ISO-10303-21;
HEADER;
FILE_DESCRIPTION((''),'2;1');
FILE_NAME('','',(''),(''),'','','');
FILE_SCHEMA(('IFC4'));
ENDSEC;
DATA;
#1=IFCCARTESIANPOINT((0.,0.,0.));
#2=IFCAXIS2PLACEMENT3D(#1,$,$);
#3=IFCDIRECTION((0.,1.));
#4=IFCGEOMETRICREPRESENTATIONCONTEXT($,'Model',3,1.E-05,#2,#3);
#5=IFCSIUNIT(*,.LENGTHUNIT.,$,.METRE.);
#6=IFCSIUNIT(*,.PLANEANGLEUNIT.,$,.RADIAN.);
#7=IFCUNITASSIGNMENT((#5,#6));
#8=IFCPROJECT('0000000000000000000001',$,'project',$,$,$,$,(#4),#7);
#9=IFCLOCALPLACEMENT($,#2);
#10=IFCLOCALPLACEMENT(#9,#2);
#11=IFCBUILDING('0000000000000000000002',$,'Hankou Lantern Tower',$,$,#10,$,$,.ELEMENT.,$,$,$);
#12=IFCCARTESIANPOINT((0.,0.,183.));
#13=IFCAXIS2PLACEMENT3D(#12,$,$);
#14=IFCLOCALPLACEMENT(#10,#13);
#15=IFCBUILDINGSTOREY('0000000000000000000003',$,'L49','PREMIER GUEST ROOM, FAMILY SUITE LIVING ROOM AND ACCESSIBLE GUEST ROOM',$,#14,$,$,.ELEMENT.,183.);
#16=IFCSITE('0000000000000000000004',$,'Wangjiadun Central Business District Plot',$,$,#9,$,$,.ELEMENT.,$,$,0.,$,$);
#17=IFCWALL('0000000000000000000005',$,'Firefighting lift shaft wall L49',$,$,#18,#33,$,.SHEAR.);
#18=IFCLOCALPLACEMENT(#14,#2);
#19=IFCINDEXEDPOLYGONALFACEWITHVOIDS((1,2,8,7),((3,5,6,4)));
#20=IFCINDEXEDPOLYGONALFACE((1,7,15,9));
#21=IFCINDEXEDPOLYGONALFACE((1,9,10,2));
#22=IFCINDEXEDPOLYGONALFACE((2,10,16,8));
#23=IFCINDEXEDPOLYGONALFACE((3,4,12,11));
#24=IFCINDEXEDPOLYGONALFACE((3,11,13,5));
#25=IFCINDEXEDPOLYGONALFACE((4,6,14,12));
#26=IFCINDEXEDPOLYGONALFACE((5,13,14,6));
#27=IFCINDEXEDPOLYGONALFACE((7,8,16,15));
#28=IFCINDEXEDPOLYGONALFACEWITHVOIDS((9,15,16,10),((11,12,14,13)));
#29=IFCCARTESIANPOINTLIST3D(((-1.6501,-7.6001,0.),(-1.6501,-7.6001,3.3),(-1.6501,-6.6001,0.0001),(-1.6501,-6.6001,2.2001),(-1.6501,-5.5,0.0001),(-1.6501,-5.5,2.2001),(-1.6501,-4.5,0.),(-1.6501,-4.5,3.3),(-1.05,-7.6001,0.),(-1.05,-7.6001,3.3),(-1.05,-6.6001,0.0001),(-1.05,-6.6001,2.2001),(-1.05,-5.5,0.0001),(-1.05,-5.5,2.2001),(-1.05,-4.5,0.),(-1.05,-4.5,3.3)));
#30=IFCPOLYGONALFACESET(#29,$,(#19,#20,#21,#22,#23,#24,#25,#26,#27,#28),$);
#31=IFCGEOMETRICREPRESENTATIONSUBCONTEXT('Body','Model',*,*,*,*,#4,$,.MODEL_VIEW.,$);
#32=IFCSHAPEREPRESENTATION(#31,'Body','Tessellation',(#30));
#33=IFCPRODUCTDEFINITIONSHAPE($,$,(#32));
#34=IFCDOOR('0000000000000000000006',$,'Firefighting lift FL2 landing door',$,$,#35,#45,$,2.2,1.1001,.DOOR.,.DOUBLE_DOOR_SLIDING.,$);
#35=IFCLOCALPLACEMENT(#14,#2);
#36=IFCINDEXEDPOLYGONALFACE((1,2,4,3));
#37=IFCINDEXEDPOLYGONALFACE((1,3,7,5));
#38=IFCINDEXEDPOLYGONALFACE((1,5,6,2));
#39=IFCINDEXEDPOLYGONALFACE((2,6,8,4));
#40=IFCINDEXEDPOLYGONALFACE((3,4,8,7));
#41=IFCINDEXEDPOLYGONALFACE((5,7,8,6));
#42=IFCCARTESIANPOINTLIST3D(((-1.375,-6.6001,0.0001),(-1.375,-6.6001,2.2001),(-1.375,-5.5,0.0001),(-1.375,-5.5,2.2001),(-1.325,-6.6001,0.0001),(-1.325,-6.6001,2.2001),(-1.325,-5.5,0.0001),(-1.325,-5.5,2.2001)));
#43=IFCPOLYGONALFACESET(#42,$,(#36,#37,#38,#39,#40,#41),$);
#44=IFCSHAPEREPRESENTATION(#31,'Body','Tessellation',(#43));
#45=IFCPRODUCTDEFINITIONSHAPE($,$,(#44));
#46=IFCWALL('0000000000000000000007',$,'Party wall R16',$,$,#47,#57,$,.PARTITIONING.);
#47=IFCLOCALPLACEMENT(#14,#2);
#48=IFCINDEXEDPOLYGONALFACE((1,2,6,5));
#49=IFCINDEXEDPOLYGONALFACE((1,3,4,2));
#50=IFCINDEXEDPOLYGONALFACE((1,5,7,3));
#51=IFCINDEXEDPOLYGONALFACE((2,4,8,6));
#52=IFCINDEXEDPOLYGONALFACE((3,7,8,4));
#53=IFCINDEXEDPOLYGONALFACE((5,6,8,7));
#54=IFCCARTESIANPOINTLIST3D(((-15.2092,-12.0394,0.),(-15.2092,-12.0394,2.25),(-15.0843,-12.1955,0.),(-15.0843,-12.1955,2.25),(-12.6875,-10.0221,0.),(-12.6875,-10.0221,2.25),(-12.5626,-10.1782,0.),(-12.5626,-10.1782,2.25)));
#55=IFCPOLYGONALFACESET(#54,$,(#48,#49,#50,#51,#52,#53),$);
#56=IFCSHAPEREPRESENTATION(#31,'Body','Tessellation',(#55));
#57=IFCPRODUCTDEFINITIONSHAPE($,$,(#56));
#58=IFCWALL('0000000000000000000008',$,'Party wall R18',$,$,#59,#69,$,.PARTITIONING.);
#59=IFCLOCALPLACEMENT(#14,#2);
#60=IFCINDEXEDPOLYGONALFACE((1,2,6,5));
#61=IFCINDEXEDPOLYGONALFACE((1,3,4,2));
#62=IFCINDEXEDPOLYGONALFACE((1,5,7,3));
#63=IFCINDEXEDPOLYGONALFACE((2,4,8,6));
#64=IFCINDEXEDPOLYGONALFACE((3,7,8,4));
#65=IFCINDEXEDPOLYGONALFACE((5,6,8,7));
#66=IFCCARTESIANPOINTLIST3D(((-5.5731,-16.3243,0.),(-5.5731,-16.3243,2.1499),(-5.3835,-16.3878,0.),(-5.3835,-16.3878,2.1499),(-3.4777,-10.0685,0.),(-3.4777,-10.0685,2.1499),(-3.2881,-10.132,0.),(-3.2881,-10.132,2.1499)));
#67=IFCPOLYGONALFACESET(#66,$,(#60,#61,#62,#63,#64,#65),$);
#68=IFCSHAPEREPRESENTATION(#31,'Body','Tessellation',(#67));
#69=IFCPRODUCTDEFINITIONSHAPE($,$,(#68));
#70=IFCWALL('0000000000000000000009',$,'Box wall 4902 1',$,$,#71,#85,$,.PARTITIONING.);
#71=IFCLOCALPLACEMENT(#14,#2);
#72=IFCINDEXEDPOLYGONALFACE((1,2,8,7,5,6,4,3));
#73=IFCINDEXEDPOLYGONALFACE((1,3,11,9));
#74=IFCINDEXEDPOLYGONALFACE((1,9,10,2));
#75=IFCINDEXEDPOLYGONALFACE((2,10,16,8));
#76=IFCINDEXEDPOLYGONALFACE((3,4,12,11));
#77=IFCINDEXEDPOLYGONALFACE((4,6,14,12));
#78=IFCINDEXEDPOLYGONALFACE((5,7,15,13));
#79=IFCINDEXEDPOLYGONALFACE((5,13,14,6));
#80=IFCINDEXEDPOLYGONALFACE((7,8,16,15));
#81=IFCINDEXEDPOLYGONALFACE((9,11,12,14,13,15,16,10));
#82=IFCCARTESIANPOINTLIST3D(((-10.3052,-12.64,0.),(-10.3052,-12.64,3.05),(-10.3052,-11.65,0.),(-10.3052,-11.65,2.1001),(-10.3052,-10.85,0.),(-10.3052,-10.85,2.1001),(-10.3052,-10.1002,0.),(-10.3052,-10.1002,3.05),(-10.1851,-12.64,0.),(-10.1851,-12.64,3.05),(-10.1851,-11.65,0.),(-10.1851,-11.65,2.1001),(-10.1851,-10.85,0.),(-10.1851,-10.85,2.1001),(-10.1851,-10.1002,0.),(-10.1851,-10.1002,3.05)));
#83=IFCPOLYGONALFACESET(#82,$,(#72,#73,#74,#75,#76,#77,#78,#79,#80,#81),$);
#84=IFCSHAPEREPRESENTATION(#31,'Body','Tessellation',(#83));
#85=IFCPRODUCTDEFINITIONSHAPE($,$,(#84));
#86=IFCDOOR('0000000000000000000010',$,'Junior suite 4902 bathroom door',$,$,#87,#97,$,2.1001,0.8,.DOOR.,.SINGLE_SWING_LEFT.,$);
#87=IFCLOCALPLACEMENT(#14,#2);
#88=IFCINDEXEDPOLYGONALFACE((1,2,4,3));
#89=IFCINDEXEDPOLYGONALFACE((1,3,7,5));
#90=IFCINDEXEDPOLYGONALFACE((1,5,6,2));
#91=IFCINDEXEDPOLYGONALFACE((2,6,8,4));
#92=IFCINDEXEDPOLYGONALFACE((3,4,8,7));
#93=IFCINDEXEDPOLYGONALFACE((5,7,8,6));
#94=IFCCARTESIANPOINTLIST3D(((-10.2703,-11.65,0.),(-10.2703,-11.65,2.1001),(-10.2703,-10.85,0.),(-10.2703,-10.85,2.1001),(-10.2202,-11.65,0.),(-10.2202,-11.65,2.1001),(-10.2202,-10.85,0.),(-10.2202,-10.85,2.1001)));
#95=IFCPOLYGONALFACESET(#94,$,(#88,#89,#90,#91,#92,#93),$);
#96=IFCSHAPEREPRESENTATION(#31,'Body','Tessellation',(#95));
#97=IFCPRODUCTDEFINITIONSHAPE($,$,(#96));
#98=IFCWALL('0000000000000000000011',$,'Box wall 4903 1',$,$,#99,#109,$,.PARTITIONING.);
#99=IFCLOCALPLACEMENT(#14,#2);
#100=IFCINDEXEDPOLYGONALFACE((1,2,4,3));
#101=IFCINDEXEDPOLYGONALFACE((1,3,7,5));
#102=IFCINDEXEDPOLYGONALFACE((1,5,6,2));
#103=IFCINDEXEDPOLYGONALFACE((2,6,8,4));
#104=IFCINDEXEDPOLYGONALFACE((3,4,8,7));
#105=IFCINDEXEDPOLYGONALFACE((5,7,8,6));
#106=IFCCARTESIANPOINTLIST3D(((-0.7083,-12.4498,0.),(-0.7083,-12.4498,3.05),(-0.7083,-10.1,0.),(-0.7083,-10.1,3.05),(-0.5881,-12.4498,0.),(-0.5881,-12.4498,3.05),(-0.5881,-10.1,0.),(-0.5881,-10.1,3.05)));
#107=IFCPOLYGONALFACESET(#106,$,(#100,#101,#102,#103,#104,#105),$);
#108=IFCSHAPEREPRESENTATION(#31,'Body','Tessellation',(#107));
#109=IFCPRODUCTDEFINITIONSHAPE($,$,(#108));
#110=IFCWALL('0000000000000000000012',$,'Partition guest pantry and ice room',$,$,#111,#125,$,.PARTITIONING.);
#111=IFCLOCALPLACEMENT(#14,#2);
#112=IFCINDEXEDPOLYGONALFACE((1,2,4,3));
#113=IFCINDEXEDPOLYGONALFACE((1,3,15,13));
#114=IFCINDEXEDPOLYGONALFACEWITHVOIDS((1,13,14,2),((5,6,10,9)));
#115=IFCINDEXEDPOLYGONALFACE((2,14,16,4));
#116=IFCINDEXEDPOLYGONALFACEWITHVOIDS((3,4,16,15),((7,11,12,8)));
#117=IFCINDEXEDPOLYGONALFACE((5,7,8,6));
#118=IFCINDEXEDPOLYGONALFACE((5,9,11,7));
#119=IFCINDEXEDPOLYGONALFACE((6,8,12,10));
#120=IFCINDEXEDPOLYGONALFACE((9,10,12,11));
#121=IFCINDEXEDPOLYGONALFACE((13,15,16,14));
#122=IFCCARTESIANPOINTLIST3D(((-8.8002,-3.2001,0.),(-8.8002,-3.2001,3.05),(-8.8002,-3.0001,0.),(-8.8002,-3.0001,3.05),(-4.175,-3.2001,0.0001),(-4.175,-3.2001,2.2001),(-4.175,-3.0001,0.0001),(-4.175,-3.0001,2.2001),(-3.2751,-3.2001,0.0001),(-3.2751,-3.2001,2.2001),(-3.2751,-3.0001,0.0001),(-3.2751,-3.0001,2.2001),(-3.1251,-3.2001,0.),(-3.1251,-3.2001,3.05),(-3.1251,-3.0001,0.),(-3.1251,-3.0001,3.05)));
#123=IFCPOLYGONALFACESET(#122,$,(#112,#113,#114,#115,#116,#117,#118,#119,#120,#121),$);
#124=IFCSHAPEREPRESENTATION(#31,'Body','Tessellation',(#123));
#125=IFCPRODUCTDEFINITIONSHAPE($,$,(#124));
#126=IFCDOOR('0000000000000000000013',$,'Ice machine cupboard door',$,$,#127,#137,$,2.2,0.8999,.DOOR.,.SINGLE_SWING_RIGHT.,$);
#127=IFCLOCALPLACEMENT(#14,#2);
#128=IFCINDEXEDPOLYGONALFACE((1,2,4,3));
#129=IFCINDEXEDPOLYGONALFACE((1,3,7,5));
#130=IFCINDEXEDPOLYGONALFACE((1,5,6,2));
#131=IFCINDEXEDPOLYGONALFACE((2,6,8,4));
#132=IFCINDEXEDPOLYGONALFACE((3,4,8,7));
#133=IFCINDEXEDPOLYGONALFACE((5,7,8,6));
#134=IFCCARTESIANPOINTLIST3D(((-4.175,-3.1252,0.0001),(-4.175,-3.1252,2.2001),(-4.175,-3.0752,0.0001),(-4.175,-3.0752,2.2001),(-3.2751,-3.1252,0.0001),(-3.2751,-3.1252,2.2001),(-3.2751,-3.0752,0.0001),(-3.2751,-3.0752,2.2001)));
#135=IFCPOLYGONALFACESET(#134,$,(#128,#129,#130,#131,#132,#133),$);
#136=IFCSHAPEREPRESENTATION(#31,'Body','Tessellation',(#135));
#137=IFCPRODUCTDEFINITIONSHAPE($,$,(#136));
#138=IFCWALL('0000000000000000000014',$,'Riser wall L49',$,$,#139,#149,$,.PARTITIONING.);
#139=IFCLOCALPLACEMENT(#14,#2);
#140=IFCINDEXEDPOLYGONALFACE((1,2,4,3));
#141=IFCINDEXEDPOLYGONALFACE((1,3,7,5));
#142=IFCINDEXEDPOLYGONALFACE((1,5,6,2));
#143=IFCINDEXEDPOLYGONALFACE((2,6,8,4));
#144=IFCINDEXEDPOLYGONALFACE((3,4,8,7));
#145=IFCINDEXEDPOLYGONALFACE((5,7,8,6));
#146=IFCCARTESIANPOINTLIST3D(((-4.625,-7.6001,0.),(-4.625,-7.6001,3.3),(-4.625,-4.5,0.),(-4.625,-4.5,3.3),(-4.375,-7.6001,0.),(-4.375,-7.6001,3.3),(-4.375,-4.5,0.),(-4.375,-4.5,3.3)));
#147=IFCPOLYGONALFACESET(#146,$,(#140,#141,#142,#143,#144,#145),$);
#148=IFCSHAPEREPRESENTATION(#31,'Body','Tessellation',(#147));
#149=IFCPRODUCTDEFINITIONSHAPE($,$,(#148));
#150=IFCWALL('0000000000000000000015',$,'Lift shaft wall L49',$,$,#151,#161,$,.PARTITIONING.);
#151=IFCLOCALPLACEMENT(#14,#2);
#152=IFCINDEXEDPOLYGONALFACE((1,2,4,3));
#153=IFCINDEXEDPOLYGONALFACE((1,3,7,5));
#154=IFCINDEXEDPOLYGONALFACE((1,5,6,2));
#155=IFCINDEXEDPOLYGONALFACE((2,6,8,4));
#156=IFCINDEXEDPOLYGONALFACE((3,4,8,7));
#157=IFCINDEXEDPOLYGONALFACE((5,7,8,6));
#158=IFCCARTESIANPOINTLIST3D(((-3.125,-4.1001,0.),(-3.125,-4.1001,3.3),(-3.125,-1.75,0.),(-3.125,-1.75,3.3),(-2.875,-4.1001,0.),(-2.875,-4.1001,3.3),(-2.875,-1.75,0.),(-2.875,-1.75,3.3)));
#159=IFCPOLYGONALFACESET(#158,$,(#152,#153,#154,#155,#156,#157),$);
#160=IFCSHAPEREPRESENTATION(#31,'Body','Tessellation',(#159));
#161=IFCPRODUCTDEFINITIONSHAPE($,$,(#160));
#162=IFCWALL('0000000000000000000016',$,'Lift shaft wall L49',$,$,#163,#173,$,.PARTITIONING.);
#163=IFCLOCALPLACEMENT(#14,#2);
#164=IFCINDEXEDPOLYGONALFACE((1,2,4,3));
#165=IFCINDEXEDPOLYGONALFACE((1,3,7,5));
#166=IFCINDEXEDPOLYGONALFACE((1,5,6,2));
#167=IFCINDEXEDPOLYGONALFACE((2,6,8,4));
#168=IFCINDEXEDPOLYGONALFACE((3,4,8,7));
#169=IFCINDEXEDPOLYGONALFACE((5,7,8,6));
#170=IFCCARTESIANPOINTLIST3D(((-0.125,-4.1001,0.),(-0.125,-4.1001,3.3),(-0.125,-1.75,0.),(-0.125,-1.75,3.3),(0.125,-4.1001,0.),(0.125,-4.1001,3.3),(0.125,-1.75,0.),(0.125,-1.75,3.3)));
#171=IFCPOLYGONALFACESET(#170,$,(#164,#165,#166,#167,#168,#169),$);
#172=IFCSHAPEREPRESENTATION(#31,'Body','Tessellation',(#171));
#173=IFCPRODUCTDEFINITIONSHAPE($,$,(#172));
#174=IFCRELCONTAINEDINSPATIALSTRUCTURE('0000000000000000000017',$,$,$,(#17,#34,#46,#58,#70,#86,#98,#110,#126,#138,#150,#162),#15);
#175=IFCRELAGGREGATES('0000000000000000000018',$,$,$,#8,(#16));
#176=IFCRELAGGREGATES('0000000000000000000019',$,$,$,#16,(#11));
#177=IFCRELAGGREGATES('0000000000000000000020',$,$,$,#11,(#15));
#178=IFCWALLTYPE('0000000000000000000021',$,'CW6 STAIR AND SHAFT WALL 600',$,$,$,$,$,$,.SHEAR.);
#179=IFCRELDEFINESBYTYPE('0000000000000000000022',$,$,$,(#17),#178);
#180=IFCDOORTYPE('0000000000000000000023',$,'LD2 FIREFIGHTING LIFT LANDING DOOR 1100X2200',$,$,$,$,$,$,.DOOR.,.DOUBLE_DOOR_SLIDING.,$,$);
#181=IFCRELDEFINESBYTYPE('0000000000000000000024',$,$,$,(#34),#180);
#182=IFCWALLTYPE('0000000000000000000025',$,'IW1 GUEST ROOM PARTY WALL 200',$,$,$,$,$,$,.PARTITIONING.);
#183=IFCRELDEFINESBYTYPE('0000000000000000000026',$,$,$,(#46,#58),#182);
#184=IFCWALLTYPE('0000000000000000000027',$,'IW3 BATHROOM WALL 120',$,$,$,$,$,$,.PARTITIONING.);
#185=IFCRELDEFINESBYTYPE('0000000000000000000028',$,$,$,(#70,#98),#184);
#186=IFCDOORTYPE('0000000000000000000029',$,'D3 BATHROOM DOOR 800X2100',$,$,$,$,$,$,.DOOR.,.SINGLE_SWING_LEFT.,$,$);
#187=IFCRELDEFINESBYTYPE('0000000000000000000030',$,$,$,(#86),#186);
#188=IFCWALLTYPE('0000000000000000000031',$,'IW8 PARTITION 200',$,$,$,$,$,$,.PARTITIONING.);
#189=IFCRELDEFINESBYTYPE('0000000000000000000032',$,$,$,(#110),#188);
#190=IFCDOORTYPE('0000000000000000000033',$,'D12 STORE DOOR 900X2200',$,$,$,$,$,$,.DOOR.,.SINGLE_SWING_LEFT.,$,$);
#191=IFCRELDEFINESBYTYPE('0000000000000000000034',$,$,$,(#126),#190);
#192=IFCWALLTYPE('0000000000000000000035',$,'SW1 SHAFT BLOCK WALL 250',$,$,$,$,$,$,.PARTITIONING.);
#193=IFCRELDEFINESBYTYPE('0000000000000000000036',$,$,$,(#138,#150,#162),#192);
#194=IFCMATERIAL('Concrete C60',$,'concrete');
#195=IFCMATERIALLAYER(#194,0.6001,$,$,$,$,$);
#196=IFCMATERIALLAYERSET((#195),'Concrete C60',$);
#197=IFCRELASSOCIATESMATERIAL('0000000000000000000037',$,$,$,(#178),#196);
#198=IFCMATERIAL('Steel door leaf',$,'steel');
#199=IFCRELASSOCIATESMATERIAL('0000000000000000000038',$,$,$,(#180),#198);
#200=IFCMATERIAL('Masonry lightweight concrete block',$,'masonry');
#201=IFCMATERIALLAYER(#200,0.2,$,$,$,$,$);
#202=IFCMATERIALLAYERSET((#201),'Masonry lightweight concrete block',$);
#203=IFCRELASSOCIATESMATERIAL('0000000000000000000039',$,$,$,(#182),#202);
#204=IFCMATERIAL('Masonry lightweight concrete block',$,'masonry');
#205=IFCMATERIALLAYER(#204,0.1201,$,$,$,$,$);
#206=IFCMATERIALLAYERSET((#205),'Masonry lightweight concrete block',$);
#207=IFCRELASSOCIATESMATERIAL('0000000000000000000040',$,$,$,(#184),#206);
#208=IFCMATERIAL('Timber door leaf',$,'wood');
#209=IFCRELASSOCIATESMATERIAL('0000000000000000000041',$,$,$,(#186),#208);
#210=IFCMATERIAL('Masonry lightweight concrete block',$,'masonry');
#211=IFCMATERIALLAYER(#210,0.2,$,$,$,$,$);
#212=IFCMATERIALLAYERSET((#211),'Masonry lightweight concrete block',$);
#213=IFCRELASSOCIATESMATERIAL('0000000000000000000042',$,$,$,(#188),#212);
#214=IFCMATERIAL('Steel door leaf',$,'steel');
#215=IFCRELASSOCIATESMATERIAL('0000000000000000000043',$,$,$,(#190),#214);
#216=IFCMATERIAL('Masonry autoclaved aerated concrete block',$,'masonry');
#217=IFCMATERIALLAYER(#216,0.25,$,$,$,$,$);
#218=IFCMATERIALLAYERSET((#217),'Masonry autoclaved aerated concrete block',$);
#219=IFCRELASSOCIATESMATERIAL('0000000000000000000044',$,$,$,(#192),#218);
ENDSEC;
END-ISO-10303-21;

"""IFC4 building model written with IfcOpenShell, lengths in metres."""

from ifc_helpers import new_model, si_unit, direction, frame, frame_2d, origin, place, context, subcontext, project, spatial, rectangle, extrude, material, layer, layer_set, type_object, element, fill, save


model = new_model("IFC4")

# Units and contexts
model_context = context("Model", 3, precision=1e-05, world=origin(), true_north=direction((0.0, 1.0)))
body_context = subcontext(model_context, "Body", "Model", "MODEL_VIEW")
ifc_project = project(units=[si_unit("LENGTHUNIT", "METRE"), si_unit("PLANEANGLEUNIT", "RADIAN")], contexts=[model_context])

# Site, building, storey
site_placement = place(None, origin())
site = spatial("IfcSite", under=ifc_project, at=site_placement, Name="Wangjiadun Central Business District Plot", CompositionType="ELEMENT", RefElevation=0.0)
building_placement = place(site_placement, origin())
building = spatial("IfcBuilding", under=site, at=building_placement, Name="Hankou Lantern Tower", CompositionType="ELEMENT")
storey_placement = place(building_placement, frame((0.0, 0.0, 183.0)))
storey = spatial("IfcBuildingStorey", under=building, at=storey_placement, Name="L49", Description="PREMIER GUEST ROOM, FAMILY SUITE LIVING ROOM AND ACCESSIBLE GUEST ROOM", CompositionType="ELEMENT", Elevation=183.0)

# Wall, opening, door
ifc_material_1 = material(Name="Concrete C60", Category="concrete")
ifc_layer_1 = layer(ifc_material_1, 0.6001)
ifc_layer_set_1 = layer_set([ifc_layer_1], Name="Concrete C60")
wall_type_1 = type_object("IfcWallType", Name="CW6 STAIR AND SHAFT WALL 600", PredefinedType="SHEAR", material=ifc_layer_set_1)
wall_1_placement = place(storey_placement, frame((-1.3501, -7.6001, 0.0), z_axis=(0.0, 0.0, 1.0), x_axis=(0.0, 1.0, 0.0)))
wall_1 = element("IfcWall", 1, at=wall_1_placement, inside=storey, type_object=wall_type_1, Name="Firefighting lift shaft wall L49", PredefinedType="SHEAR", context=body_context, shape_type="SweptSolid", body=[
    extrude(rectangle(XDim=3.1001, YDim=0.6001, at=frame_2d((1.55, 0.0))), origin(), (0.0, 0.0, 1.0), 3.3),
])
opening_1_placement = place(wall_1_placement, frame((1.0, 0.0, 0.0)))
opening_1 = element("IfcOpeningElement", 2, at=opening_1_placement, cuts=wall_1, PredefinedType="OPENING", context=body_context, shape_type="SweptSolid", body=[
    extrude(rectangle(XDim=1.1001, YDim=2.2, at=frame_2d((0.55, 1.1001))), frame((0.0, 0.3101, 0.0), z_axis=(0.0, -1.0, 0.0), x_axis=(1.0, 0.0, 0.0)), (0.0, 0.0, 1.0), 0.6201),
])
ifc_material_2 = material(Name="Steel door leaf", Category="steel")
door_type_1 = type_object("IfcDoorType", Name="LD2 FIREFIGHTING LIFT LANDING DOOR 1100X2200", OperationType="DOUBLE_DOOR_SLIDING", PredefinedType="DOOR", material=ifc_material_2)
door_1_placement = place(opening_1_placement, origin())
door_1 = element("IfcDoor", 3, at=door_1_placement, inside=storey, type_object=door_type_1, Name="Firefighting lift FL2 landing door", OperationType="DOUBLE_DOOR_SLIDING", OverallHeight=2.2, OverallWidth=1.1001, PredefinedType="DOOR", context=body_context, shape_type="SweptSolid", body=[
    extrude(rectangle(XDim=1.1001, YDim=2.2, at=frame_2d((0.55, 1.1001))), frame((0.0, 0.0249, 0.0), z_axis=(0.0, -1.0, 0.0), x_axis=(1.0, 0.0, 0.0)), (0.0, 0.0, 1.0), 0.05),
])
fill(opening_1, door_1)

# Walls
ifc_material_3 = material(Name="Masonry lightweight concrete block", Category="masonry")
ifc_layer_2 = layer(ifc_material_3, 0.2)
ifc_layer_set_2 = layer_set([ifc_layer_2], Name="Masonry lightweight concrete block")
wall_type_2 = type_object("IfcWallType", Name="IW1 GUEST ROOM PARTY WALL 200", PredefinedType="PARTITIONING", material=ifc_layer_set_2)
wall_2_placement = place(storey_placement, frame((-12.625, -10.1001, 0.0), z_axis=(0.0, 0.0, 1.0), x_axis=(-0.780876, -0.624686, 0.0)))
element("IfcWall", 4, at=wall_2_placement, inside=storey, type_object=wall_type_2, Name="Party wall R16", PredefinedType="PARTITIONING", context=body_context, shape_type="SweptSolid", body=[
    extrude(rectangle(XDim=3.2292, YDim=0.2, at=frame_2d((1.6147, 0.0))), origin(), (0.0, 0.0, 1.0), 2.25),
])
wall_3_placement = place(storey_placement, frame((-3.3828, -10.1001, 0.0), z_axis=(0.0, 0.0, 1.0), x_axis=(-0.317615, -0.94822, 0.0)))
element("IfcWall", 5, at=wall_3_placement, inside=storey, type_object=wall_type_2, Name="Party wall R18", PredefinedType="PARTITIONING", context=body_context, shape_type="SweptSolid", body=[
    extrude(rectangle(XDim=6.5974, YDim=0.2, at=frame_2d((3.2988, 0.0))), origin(), (0.0, 0.0, 1.0), 2.1499),
])

# Wall, opening, door
ifc_material_4 = material(Name="Masonry lightweight concrete block", Category="masonry")
ifc_layer_3 = layer(ifc_material_4, 0.1201)
ifc_layer_set_3 = layer_set([ifc_layer_3], Name="Masonry lightweight concrete block")
wall_type_3 = type_object("IfcWallType", Name="IW3 BATHROOM WALL 120", PredefinedType="PARTITIONING", material=ifc_layer_set_3)
wall_4_placement = place(storey_placement, frame((-10.2451, -10.1001, 0.0), z_axis=(0.0, 0.0, 1.0), x_axis=(0.0, -1.0, 0.0)))
wall_4 = element("IfcWall", 6, at=wall_4_placement, inside=storey, type_object=wall_type_3, Name="Box wall 4902 1", PredefinedType="PARTITIONING", context=body_context, shape_type="SweptSolid", body=[
    extrude(rectangle(XDim=2.5398, YDim=0.1201, at=frame_2d((1.27, 0.0))), origin(), (0.0, 0.0, 1.0), 3.05),
])
opening_2_placement = place(wall_4_placement, frame((0.75, 0.0, 0.0)))
opening_2 = element("IfcOpeningElement", 7, at=opening_2_placement, cuts=wall_4, PredefinedType="OPENING", context=body_context, shape_type="SweptSolid", body=[
    extrude(rectangle(XDim=0.8, YDim=2.1001, at=frame_2d((0.3999, 1.05))), frame((0.0, 0.0701, 0.0), z_axis=(0.0, -1.0, 0.0), x_axis=(1.0, 0.0, 0.0)), (0.0, 0.0, 1.0), 0.1401),
])
ifc_material_5 = material(Name="Timber door leaf", Category="wood")
door_type_2 = type_object("IfcDoorType", Name="D3 BATHROOM DOOR 800X2100", OperationType="SINGLE_SWING_LEFT", PredefinedType="DOOR", material=ifc_material_5)
door_2_placement = place(opening_2_placement, origin())
door_2 = element("IfcDoor", 8, at=door_2_placement, inside=storey, type_object=door_type_2, Name="Junior suite 4902 bathroom door", OperationType="SINGLE_SWING_LEFT", OverallHeight=2.1001, OverallWidth=0.8, PredefinedType="DOOR", context=body_context, shape_type="SweptSolid", body=[
    extrude(rectangle(XDim=0.8, YDim=2.1001, at=frame_2d((0.3999, 1.05))), frame((0.0, 0.0249, 0.0), z_axis=(0.0, -1.0, 0.0), x_axis=(1.0, 0.0, 0.0)), (0.0, 0.0, 1.0), 0.05),
])
fill(opening_2, door_2)

# Wall
wall_5_placement = place(storey_placement, frame((-0.6482, -10.1001, 0.0), z_axis=(0.0, 0.0, 1.0), x_axis=(0.0, -1.0, 0.0)))
element("IfcWall", 9, at=wall_5_placement, inside=storey, type_object=wall_type_3, Name="Box wall 4903 1", PredefinedType="PARTITIONING", context=body_context, shape_type="SweptSolid", body=[
    extrude(rectangle(XDim=2.3499, YDim=0.1201, at=frame_2d((1.1748, 0.0))), origin(), (0.0, 0.0, 1.0), 3.05),
])

# Wall, opening, door
ifc_material_6 = material(Name="Masonry lightweight concrete block", Category="masonry")
ifc_layer_4 = layer(ifc_material_6, 0.2)
ifc_layer_set_4 = layer_set([ifc_layer_4], Name="Masonry lightweight concrete block")
wall_type_4 = type_object("IfcWallType", Name="IW8 PARTITION 200", PredefinedType="PARTITIONING", material=ifc_layer_set_4)
wall_6_placement = place(storey_placement, frame((-8.8, -3.1001, 0.0), z_axis=(0.0, 0.0, 1.0), x_axis=(1.0, 0.0, 0.0)))
wall_6 = element("IfcWall", 10, at=wall_6_placement, inside=storey, type_object=wall_type_4, Name="Partition guest pantry and ice room", PredefinedType="PARTITIONING", context=body_context, shape_type="SweptSolid", body=[
    extrude(rectangle(XDim=5.675, YDim=0.2, at=frame_2d((2.8374, 0.0))), origin(), (0.0, 0.0, 1.0), 3.05),
])
opening_3_placement = place(wall_6_placement, frame((4.625, 0.0, 0.0)))
opening_3 = element("IfcOpeningElement", 11, at=opening_3_placement, cuts=wall_6, PredefinedType="OPENING", context=body_context, shape_type="SweptSolid", body=[
    extrude(rectangle(XDim=0.8999, YDim=2.2, at=frame_2d((0.45, 1.1001))), frame((0.0, 0.1099, 0.0), z_axis=(0.0, -1.0, 0.0), x_axis=(1.0, 0.0, 0.0)), (0.0, 0.0, 1.0), 0.22),
])
ifc_material_7 = material(Name="Steel door leaf", Category="steel")
door_type_3 = type_object("IfcDoorType", Name="D12 STORE DOOR 900X2200", OperationType="SINGLE_SWING_LEFT", PredefinedType="DOOR", material=ifc_material_7)
door_3_placement = place(opening_3_placement, origin())
door_3 = element("IfcDoor", 12, at=door_3_placement, inside=storey, type_object=door_type_3, Name="Ice machine cupboard door", OperationType="SINGLE_SWING_RIGHT", OverallHeight=2.2, OverallWidth=0.8999, PredefinedType="DOOR", context=body_context, shape_type="SweptSolid", body=[
    extrude(rectangle(XDim=0.8999, YDim=2.2, at=frame_2d((0.45, 1.1001))), frame((0.0, 0.0249, 0.0), z_axis=(0.0, -1.0, 0.0), x_axis=(1.0, 0.0, 0.0)), (0.0, 0.0, 1.0), 0.05),
])
fill(opening_3, door_3)

# Walls
ifc_material_8 = material(Name="Masonry autoclaved aerated concrete block", Category="masonry")
ifc_layer_5 = layer(ifc_material_8, 0.25)
ifc_layer_set_5 = layer_set([ifc_layer_5], Name="Masonry autoclaved aerated concrete block")
wall_type_5 = type_object("IfcWallType", Name="SW1 SHAFT BLOCK WALL 250", PredefinedType="PARTITIONING", material=ifc_layer_set_5)
wall_7_placement = place(storey_placement, frame((-4.5, -7.6001, 0.0), z_axis=(0.0, 0.0, 1.0), x_axis=(0.0, 1.0, 0.0)))
element("IfcWall", 13, at=wall_7_placement, inside=storey, type_object=wall_type_5, Name="Riser wall L49", PredefinedType="PARTITIONING", context=body_context, shape_type="SweptSolid", body=[
    extrude(rectangle(XDim=3.1001, YDim=0.25, at=frame_2d((1.55, 0.0))), origin(), (0.0, 0.0, 1.0), 3.3),
])
for number, where, z_axis, x_axis, name in (
    (14, (-3.0, -4.1001, 0.0), (0.0, 0.0, 1.0), (0.0, 1.0, 0.0), "Lift shaft wall L49"),
    (15, (0.0, -4.1001, 0.0), (0.0, 0.0, 1.0), (0.0, 1.0, 0.0), "Lift shaft wall L49"),
):
    element("IfcWall", number, at=place(storey_placement, frame(where, z_axis=z_axis, x_axis=x_axis)), inside=storey, type_object=wall_type_5, Name=name, PredefinedType="PARTITIONING", context=body_context, shape_type="SweptSolid", body=[
        extrude(rectangle(XDim=2.3501, YDim=0.25, at=frame_2d((1.175, 0.0))), origin(), (0.0, 0.0, 1.0), 3.3),
    ])

save(model, "model.ifc")
